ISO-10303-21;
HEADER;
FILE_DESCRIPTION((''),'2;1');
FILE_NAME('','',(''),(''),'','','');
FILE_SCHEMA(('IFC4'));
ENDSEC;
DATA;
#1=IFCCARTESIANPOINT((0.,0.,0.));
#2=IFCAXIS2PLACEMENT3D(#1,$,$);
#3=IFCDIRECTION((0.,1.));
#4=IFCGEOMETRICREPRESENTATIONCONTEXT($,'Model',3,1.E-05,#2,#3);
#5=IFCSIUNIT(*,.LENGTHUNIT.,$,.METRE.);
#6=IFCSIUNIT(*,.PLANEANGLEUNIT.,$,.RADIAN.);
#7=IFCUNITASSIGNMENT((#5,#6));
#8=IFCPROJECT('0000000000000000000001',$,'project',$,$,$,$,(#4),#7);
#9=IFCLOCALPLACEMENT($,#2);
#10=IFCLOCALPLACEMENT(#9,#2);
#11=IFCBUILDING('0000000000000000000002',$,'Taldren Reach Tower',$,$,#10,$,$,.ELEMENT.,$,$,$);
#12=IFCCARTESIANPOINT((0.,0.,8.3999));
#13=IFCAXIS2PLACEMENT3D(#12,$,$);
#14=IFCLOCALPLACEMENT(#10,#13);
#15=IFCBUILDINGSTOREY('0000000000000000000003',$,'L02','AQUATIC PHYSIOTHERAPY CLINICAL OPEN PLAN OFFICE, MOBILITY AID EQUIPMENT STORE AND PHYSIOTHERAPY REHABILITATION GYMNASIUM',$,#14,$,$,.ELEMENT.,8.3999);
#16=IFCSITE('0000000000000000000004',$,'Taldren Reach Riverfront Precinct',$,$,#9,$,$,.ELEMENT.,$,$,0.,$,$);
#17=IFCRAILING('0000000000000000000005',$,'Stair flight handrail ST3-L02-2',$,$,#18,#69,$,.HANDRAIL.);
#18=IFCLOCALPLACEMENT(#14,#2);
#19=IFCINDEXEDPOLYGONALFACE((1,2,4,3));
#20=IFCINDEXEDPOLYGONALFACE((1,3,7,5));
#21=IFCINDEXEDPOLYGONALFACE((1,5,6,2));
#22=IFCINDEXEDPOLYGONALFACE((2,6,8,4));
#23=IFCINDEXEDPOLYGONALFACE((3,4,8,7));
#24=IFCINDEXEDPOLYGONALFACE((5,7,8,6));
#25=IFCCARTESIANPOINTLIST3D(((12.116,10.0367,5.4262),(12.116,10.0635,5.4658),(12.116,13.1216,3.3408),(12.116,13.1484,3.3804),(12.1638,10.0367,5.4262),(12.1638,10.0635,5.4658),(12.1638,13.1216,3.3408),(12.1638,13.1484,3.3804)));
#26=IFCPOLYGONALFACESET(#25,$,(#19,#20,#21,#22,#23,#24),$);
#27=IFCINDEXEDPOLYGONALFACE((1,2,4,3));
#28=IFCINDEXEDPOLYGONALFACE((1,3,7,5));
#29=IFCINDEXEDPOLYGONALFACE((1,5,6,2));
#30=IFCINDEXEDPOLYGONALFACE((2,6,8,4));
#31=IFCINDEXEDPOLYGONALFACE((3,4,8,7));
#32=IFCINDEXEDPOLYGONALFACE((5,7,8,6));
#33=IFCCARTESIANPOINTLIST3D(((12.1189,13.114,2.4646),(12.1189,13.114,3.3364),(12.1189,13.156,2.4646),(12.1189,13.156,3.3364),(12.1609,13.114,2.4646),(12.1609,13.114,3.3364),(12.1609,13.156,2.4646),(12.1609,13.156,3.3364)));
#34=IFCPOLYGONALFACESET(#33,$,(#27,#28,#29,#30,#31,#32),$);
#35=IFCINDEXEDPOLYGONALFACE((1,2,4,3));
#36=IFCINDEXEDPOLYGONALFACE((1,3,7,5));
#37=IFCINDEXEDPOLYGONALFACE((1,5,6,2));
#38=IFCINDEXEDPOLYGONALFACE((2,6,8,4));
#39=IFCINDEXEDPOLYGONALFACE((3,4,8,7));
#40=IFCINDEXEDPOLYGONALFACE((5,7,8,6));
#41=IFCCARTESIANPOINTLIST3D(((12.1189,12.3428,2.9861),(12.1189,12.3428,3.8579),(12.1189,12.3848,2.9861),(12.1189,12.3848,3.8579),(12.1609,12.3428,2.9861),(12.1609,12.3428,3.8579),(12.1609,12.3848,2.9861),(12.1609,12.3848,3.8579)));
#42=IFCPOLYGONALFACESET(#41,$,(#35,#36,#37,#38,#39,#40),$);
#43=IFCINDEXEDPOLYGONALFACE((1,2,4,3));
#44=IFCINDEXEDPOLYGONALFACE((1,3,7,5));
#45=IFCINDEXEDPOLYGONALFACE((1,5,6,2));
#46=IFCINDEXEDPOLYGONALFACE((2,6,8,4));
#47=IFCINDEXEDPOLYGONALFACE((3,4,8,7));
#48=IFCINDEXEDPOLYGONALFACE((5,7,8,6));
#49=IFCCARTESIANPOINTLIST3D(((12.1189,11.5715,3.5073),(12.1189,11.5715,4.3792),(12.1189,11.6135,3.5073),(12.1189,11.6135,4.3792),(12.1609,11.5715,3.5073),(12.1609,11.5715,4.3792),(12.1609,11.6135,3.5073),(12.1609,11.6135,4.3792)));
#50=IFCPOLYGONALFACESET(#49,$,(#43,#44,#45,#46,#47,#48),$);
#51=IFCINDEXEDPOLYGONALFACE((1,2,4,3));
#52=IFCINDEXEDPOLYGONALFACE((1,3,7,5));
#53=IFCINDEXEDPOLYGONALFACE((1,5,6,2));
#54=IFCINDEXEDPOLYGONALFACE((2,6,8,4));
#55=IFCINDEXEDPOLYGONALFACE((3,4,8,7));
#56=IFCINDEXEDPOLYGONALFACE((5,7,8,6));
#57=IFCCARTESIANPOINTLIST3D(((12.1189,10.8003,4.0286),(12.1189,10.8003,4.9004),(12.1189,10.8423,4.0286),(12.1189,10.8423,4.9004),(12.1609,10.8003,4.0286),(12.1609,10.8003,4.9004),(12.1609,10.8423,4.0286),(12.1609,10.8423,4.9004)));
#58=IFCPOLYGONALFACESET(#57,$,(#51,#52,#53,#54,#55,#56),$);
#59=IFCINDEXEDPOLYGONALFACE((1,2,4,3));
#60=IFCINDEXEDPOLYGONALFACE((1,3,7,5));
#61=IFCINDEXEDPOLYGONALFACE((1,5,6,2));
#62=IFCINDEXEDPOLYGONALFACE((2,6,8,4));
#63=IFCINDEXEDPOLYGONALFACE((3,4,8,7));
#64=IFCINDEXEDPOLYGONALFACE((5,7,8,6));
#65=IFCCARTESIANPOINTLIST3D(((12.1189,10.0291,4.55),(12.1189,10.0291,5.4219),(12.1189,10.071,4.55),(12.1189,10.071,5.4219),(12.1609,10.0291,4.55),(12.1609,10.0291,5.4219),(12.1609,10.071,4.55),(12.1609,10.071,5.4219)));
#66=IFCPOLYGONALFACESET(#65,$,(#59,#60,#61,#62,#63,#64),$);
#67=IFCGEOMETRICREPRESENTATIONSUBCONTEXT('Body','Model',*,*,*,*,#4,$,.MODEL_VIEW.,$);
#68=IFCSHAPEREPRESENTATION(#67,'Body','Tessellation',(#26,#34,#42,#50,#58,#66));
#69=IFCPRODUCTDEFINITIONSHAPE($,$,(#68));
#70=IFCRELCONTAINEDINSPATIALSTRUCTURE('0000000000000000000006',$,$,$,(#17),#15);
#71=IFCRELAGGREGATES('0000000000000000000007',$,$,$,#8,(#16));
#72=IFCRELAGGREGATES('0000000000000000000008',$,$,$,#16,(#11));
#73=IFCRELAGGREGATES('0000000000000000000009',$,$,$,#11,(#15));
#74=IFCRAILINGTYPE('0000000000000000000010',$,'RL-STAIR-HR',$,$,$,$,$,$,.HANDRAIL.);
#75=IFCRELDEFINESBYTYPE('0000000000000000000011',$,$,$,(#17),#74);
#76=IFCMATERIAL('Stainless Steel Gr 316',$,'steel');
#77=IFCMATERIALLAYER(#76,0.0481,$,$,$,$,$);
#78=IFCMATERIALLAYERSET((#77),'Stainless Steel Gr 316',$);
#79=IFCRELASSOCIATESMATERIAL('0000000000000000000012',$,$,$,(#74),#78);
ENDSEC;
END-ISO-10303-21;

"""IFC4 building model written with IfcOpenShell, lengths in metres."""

from ifc_helpers import new_model, si_unit, direction, frame, origin, origin_2d, place, context, subcontext, project, spatial, rectangle, extrude, material, layer, layer_set, type_object, element, save


model = new_model("IFC4")

# Units and contexts
model_context = context("Model", 3, precision=1e-05, world=origin(), true_north=direction((0.0, 1.0)))
body_context = subcontext(model_context, "Body", "Model", "MODEL_VIEW")
ifc_project = project(units=[si_unit("LENGTHUNIT", "METRE"), si_unit("PLANEANGLEUNIT", "RADIAN")], contexts=[model_context])

# Site, building, storey
site_placement = place(None, origin())
site = spatial("IfcSite", under=ifc_project, at=site_placement, Name="Taldren Reach Riverfront Precinct", CompositionType="ELEMENT", RefElevation=0.0)
building_placement = place(site_placement, origin())
building = spatial("IfcBuilding", under=site, at=building_placement, Name="Taldren Reach Tower", CompositionType="ELEMENT")
storey_placement = place(building_placement, frame((0.0, 0.0, 8.3999)))
storey = spatial("IfcBuildingStorey", under=building, at=storey_placement, Name="L02", Description="AQUATIC PHYSIOTHERAPY CLINICAL OPEN PLAN OFFICE, MOBILITY AID EQUIPMENT STORE AND PHYSIOTHERAPY REHABILITATION GYMNASIUM", CompositionType="ELEMENT", Elevation=8.3999)

# Railing
ifc_material_1 = material(Name="Stainless Steel Gr 316", Category="steel")
ifc_layer_1 = layer(ifc_material_1, 0.0481)
ifc_layer_set_1 = layer_set([ifc_layer_1], Name="Stainless Steel Gr 316")
railing_type_1 = type_object("IfcRailingType", Name="RL-STAIR-HR", PredefinedType="HANDRAIL", material=ifc_layer_set_1)
railing_1_placement = place(storey_placement, frame((12.1399, 13.135, 2.4646)))
element("IfcRailing", 1, at=railing_1_placement, inside=storey, type_object=railing_type_1, Name="Stair flight handrail ST3-L02-2", PredefinedType="HANDRAIL", context=body_context, shape_type="SweptSolid", body=[
    extrude(rectangle(XDim=0.0479, YDim=0.0479, at=origin_2d()), frame((0.0, 0.0, 0.896), z_axis=(0.0, -0.828462, 0.560045), x_axis=(1.0, 0.0, 0.0)), (0.0, 0.0, 1.0), 3.7236),
    extrude(rectangle(XDim=0.042, YDim=0.042, at=origin_2d()), origin(), (0.0, 0.0, 1.0), 0.8718),
    extrude(rectangle(XDim=0.042, YDim=0.042, at=origin_2d()), frame((0.0, -0.7712, 0.5215)), (0.0, 0.0, 1.0), 0.8718),
    extrude(rectangle(XDim=0.042, YDim=0.042, at=origin_2d()), frame((0.0, -1.5425, 1.0427)), (0.0, 0.0, 1.0), 0.8718),
    extrude(rectangle(XDim=0.042, YDim=0.042, at=origin_2d()), frame((0.0, -2.3137, 1.564)), (0.0, 0.0, 1.0), 0.8718),
    extrude(rectangle(XDim=0.042, YDim=0.042, at=origin_2d()), frame((0.0, -3.085, 2.0854)), (0.0, 0.0, 1.0), 0.8718),
])

save(model, "model.ifc")
